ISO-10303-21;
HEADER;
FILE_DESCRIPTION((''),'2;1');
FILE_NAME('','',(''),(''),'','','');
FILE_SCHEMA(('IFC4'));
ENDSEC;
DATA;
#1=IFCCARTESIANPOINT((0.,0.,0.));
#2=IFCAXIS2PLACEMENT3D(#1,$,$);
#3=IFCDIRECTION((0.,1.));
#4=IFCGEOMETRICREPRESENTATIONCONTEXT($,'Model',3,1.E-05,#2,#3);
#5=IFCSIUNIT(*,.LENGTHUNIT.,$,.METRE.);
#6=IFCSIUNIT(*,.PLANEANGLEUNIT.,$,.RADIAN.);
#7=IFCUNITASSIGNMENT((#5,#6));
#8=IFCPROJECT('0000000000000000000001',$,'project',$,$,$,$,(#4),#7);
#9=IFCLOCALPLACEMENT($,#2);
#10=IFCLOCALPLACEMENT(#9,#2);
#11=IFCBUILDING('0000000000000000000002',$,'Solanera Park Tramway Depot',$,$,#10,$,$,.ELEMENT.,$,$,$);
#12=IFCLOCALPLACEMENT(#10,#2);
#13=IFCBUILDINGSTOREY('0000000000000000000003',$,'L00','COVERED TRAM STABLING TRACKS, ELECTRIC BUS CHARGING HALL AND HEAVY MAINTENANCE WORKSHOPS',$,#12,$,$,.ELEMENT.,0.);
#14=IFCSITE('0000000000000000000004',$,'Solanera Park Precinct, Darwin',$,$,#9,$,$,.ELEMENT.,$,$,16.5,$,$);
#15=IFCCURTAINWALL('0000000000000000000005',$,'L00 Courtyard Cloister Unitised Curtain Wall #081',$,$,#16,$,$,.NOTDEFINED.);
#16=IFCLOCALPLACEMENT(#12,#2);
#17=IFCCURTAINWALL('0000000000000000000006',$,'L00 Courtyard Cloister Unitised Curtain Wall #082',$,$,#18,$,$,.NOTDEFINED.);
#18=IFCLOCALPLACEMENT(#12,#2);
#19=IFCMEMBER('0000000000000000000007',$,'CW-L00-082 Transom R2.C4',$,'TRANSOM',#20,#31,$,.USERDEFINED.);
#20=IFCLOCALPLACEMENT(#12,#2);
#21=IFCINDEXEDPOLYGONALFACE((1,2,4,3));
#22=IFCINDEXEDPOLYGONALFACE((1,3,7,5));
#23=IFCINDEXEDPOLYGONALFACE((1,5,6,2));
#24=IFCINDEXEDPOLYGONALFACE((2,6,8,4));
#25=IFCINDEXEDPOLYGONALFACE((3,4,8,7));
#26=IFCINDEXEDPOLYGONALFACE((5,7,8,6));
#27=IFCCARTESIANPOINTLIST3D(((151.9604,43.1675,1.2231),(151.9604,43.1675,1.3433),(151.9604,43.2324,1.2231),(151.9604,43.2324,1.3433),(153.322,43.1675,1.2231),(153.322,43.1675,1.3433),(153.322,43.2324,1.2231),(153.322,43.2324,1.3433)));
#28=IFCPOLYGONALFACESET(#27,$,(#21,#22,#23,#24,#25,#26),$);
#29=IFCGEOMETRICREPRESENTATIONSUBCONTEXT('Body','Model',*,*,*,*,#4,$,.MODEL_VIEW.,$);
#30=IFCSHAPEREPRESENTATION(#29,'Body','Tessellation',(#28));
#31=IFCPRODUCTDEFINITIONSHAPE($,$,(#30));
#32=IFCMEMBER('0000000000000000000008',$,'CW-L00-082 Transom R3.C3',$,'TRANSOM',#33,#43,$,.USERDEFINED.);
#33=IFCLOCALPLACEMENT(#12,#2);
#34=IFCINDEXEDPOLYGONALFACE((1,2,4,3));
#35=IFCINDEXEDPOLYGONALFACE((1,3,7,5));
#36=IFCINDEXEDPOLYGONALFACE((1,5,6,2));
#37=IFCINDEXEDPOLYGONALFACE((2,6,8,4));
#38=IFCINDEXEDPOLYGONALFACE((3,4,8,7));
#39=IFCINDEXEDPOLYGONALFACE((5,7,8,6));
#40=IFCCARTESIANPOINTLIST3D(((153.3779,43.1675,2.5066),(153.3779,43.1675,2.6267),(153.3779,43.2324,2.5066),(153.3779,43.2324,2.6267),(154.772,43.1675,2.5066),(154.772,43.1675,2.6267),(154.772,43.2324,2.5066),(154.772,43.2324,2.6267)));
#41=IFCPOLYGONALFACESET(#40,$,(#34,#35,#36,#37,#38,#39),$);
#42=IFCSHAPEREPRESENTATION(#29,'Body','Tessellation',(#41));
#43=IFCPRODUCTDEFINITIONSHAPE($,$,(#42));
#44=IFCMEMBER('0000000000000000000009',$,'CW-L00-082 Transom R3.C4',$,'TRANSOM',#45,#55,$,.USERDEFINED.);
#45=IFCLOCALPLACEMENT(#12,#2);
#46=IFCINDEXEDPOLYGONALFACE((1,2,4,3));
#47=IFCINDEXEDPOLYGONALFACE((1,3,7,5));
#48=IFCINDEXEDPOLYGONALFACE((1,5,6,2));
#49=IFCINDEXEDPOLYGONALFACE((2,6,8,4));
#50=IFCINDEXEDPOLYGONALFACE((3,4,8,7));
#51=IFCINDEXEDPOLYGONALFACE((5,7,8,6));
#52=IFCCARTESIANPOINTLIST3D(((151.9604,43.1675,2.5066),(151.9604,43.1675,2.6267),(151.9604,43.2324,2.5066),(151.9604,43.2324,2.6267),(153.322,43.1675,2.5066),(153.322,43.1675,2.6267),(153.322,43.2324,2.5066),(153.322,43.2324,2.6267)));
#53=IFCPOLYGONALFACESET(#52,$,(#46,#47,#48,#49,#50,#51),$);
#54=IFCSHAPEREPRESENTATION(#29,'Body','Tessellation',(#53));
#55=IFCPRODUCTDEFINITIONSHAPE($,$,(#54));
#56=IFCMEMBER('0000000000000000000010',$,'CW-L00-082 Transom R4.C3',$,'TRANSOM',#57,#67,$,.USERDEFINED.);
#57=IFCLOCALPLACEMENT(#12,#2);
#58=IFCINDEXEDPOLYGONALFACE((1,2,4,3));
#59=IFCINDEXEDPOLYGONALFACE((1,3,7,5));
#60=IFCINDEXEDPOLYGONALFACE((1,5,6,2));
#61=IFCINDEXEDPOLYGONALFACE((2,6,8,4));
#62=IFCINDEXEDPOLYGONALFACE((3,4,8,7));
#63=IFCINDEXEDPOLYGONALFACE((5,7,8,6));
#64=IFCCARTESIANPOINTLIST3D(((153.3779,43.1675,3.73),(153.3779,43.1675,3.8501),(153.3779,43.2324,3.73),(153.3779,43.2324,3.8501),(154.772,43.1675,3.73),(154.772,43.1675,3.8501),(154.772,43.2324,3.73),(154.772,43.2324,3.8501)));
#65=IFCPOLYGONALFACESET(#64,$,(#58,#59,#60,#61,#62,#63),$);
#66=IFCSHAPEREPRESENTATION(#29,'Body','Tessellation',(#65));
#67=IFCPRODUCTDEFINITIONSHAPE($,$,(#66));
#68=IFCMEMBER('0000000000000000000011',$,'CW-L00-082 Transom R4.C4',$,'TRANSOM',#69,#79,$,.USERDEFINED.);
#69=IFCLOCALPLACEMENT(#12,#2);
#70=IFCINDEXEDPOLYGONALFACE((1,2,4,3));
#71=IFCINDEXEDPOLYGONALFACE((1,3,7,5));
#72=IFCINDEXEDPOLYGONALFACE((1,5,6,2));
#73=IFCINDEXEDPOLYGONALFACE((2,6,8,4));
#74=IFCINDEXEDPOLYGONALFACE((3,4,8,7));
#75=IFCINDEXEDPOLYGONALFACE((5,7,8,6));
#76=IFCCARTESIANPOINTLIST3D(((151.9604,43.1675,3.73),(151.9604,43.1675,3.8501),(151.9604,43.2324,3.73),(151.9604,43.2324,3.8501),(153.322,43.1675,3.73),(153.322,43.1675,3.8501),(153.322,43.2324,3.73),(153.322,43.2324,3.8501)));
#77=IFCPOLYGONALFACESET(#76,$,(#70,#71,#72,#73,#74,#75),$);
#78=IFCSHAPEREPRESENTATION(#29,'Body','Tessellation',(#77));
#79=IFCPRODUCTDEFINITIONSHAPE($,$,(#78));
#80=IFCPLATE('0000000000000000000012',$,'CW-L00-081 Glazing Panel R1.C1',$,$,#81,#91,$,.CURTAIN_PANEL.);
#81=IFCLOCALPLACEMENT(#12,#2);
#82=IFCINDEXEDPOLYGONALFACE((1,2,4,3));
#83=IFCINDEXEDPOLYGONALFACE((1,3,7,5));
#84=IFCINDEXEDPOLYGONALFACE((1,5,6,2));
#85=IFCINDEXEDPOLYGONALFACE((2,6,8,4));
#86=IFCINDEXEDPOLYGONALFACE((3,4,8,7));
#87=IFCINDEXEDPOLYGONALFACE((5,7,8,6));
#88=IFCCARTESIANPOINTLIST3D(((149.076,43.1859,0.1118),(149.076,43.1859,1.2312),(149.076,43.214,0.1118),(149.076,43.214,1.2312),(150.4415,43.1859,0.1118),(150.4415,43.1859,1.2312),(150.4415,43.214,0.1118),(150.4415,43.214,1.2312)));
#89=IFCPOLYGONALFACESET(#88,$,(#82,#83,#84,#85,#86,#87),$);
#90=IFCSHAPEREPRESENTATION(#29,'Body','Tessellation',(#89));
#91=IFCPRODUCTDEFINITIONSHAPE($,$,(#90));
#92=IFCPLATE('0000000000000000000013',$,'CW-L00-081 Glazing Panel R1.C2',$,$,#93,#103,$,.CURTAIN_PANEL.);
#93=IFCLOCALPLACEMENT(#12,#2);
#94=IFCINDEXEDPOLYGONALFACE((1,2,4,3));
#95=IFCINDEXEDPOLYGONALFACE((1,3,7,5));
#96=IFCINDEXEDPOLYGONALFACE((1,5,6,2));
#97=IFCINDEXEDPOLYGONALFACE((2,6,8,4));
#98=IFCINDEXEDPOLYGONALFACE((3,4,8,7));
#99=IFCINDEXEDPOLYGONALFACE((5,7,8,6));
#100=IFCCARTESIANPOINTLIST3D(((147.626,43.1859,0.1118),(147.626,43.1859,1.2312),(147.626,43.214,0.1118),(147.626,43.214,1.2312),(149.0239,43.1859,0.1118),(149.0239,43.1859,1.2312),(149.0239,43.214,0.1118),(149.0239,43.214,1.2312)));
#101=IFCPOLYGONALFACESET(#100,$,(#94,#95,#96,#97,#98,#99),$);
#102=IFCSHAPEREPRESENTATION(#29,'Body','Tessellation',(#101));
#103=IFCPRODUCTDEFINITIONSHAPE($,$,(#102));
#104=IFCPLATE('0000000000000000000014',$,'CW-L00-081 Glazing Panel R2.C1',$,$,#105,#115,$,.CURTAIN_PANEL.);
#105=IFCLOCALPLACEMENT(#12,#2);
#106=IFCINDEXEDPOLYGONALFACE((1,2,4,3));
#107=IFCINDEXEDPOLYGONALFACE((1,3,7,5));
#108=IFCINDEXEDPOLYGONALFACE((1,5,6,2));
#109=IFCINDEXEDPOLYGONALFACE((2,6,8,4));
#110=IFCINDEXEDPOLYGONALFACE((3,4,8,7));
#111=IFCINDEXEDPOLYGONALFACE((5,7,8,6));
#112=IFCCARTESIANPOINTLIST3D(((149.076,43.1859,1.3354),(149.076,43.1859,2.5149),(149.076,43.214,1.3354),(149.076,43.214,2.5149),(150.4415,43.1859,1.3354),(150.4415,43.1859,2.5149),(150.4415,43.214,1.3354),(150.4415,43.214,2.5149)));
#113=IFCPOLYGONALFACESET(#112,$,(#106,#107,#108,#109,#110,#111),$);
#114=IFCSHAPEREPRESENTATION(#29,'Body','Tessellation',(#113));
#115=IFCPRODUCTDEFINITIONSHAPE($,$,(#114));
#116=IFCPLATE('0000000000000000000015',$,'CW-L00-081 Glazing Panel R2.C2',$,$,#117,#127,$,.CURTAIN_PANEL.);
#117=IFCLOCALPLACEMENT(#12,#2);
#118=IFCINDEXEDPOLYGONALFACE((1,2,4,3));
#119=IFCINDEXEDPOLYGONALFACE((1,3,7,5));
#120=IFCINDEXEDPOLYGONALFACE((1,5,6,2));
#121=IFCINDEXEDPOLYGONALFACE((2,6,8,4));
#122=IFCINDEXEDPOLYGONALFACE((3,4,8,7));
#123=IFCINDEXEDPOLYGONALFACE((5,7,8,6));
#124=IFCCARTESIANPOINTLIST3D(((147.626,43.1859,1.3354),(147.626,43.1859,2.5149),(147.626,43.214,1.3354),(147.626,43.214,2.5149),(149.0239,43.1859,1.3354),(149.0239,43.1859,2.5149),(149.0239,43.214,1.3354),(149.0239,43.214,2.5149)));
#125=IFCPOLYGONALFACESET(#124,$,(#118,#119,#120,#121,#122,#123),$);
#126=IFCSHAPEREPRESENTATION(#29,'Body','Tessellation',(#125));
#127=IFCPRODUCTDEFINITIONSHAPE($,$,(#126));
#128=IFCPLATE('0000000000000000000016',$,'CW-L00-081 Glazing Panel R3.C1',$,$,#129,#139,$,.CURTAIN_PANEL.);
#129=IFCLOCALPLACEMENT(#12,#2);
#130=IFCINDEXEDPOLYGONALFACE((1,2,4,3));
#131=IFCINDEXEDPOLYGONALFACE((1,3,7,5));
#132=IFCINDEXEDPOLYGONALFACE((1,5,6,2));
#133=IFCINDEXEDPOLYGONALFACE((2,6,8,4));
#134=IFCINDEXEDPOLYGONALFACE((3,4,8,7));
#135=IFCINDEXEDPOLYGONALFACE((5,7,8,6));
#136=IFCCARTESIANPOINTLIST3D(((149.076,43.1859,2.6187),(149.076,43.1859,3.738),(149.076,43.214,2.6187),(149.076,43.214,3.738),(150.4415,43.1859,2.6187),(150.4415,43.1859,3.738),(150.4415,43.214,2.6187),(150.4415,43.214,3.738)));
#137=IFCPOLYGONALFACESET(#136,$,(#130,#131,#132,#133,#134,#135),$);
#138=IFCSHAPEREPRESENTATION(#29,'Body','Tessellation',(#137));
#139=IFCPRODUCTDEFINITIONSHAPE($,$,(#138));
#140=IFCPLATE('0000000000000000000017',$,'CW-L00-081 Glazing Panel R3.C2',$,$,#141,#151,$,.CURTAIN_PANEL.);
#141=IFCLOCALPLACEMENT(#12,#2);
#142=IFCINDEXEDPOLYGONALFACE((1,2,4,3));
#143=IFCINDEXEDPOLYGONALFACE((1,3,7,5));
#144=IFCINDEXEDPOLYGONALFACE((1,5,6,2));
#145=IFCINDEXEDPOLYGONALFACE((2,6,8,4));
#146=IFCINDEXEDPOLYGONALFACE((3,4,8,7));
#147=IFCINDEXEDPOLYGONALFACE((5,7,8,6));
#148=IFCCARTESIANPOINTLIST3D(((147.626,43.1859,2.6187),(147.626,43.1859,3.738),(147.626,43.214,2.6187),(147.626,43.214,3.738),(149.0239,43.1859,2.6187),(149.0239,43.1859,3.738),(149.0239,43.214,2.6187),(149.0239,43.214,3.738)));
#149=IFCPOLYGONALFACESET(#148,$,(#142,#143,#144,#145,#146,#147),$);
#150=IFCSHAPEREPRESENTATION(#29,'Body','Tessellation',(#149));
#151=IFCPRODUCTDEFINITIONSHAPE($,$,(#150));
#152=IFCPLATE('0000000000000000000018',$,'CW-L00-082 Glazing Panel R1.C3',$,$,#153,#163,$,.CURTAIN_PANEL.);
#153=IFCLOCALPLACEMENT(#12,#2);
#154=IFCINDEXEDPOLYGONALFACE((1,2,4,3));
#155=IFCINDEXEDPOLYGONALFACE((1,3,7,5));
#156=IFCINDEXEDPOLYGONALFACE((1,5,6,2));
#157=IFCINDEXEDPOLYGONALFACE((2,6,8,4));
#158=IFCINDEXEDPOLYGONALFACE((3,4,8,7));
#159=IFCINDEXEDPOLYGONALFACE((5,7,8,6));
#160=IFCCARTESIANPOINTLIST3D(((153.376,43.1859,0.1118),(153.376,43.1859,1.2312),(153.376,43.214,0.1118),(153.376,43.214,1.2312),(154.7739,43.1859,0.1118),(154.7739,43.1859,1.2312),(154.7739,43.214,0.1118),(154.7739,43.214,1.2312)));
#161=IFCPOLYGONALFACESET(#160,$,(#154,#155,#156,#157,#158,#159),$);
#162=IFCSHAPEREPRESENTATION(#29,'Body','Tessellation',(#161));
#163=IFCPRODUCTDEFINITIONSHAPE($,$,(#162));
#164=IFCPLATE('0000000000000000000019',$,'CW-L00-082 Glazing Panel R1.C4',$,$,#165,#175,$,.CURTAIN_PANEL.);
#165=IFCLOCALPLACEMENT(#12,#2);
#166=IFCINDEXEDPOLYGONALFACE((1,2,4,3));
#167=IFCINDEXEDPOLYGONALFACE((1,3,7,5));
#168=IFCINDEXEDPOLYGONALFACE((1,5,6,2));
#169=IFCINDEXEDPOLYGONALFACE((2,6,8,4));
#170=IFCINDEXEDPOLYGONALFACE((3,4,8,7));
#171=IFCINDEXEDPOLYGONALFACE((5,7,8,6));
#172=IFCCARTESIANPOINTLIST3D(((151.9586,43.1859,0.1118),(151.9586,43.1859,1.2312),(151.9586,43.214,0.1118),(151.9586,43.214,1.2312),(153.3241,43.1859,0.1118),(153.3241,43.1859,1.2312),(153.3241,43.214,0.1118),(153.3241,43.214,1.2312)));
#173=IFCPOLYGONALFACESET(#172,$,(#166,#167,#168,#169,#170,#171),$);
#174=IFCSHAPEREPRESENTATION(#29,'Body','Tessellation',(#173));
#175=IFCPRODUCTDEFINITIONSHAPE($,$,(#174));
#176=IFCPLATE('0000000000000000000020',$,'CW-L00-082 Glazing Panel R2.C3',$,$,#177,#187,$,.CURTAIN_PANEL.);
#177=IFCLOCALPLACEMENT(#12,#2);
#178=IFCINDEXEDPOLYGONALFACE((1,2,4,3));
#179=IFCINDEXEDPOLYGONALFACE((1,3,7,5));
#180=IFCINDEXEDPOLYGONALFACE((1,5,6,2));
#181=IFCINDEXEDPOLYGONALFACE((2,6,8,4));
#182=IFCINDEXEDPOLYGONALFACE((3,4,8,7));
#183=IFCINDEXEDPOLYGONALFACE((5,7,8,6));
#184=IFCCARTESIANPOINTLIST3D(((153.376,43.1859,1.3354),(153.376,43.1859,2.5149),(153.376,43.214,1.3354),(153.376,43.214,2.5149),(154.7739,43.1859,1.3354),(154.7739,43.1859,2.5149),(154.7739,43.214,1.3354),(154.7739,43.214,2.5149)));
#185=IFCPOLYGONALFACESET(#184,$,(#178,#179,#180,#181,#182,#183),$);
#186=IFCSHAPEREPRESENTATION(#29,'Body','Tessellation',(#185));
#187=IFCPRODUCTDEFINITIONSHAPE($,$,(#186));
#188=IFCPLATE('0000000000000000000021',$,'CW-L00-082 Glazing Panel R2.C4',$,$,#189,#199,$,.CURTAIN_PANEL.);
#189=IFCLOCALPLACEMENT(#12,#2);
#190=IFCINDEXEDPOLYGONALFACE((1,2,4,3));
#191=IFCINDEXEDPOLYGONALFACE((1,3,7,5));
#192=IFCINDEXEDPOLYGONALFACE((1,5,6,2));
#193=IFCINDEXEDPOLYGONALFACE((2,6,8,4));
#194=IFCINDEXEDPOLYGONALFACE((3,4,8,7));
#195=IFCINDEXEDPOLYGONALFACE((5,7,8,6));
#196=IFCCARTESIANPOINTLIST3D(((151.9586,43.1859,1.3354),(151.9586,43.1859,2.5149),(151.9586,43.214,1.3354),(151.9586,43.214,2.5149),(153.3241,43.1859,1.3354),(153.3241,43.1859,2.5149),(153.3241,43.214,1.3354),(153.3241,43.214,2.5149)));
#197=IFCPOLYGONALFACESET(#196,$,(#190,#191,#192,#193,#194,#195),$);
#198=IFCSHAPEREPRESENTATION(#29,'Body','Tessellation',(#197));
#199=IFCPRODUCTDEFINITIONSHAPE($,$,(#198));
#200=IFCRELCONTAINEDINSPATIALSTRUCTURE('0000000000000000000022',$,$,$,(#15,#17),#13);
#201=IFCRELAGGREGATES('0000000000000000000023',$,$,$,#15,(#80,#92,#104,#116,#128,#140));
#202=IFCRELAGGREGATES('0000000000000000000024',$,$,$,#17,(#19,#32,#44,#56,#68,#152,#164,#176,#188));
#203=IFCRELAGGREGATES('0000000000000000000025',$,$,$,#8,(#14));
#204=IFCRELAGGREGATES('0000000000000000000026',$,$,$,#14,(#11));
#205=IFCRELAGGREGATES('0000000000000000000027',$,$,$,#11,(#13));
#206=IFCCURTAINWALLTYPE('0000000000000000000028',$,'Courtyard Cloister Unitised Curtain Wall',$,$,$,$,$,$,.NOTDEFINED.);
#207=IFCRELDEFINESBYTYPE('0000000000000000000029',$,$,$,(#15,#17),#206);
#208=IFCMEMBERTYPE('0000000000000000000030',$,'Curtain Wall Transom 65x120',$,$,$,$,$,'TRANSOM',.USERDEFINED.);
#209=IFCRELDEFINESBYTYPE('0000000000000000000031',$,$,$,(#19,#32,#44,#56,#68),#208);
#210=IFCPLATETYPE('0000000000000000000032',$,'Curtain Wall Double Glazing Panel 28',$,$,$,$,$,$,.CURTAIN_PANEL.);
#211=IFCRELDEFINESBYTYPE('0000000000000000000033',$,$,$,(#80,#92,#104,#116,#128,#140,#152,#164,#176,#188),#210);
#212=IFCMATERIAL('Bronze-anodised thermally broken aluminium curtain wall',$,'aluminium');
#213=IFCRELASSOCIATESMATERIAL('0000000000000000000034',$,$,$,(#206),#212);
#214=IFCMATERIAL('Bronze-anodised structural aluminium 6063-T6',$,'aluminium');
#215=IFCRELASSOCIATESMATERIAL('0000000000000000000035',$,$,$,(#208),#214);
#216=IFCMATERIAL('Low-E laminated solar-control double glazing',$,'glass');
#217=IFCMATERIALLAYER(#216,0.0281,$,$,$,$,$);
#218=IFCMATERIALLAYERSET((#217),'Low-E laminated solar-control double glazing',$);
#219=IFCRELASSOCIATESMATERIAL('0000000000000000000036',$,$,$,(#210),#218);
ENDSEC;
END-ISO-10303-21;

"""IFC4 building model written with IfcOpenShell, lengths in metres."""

from ifc_helpers import new_model, si_unit, direction, frame, origin, origin_2d, place, context, subcontext, project, spatial, rectangle, extrude, material, layer, layer_set, material_profile, profile_set, type_object, element, aggregate, save


model = new_model("IFC4")

# Units and contexts
model_context = context("Model", 3, precision=1e-05, world=origin(), true_north=direction((0.0, 1.0)))
body_context = subcontext(model_context, "Body", "Model", "MODEL_VIEW")
ifc_project = project(units=[si_unit("LENGTHUNIT", "METRE"), si_unit("PLANEANGLEUNIT", "RADIAN")], contexts=[model_context])

# Site, building, storey
site_placement = place(None, origin())
site = spatial("IfcSite", under=ifc_project, at=site_placement, Name="Solanera Park Precinct, Darwin", CompositionType="ELEMENT", RefElevation=16.5)
building_placement = place(site_placement, origin())
building = spatial("IfcBuilding", under=site, at=building_placement, Name="Solanera Park Tramway Depot", CompositionType="ELEMENT")
storey_placement = place(building_placement, origin())
storey = spatial("IfcBuildingStorey", under=building, at=storey_placement, Name="L00", Description="COVERED TRAM STABLING TRACKS, ELECTRIC BUS CHARGING HALL AND HEAVY MAINTENANCE WORKSHOPS", CompositionType="ELEMENT", Elevation=0.0)

# Curtain walls
ifc_material_1 = material(Name="Bronze-anodised thermally broken aluminium curtain wall", Category="aluminium")
curtain_wall_type = type_object("IfcCurtainWallType", Name="Courtyard Cloister Unitised Curtain Wall", PredefinedType="NOTDEFINED", material=ifc_material_1)
curtain_wall_1_placement = place(storey_placement, origin())
curtain_wall_1 = element("IfcCurtainWall", 1, at=curtain_wall_1_placement, inside=storey, type_object=curtain_wall_type, Name="L00 Courtyard Cloister Unitised Curtain Wall #081", PredefinedType="NOTDEFINED")
curtain_wall_2_placement = place(storey_placement, origin())
curtain_wall_2 = element("IfcCurtainWall", 2, at=curtain_wall_2_placement, inside=storey, type_object=curtain_wall_type, Name="L00 Courtyard Cloister Unitised Curtain Wall #082", PredefinedType="NOTDEFINED")

# Members
ifc_material_2 = material(Name="Bronze-anodised structural aluminium 6063-T6", Category="aluminium")
ifc_material_profile_1 = material_profile(ifc_material_2, rectangle(XDim=0.0649, YDim=0.1201, at=origin_2d()), Name="Curtain Wall Transom 65x120")
ifc_profile_set_1 = profile_set([ifc_material_profile_1], Name="Bronze-anodised structural aluminium 6063-T6")
member_type_1 = type_object("IfcMemberType", Name="Curtain Wall Transom 65x120", ElementType="TRANSOM", PredefinedType="USERDEFINED", material=ifc_profile_set_1)
member_1_placement = place(storey_placement, frame((153.322, 43.2, 1.2832), z_axis=(-1.0, 0.0, 0.0), x_axis=(0.0, -1.0, 0.0)))
member_1 = element("IfcMember", 3, at=member_1_placement, type_object=member_type_1, Name="CW-L00-082 Transom R2.C4", ObjectType="TRANSOM", PredefinedType="USERDEFINED", context=body_context, shape_type="SweptSolid", body=[
    extrude(rectangle(XDim=0.0649, YDim=0.1201, at=origin_2d()), origin(), (0.0, 0.0, 1.0), 1.3616),
])
member_2_placement = place(storey_placement, frame((154.772, 43.2, 2.5667), z_axis=(-1.0, 0.0, 0.0), x_axis=(0.0, -1.0, 0.0)))
member_2 = element("IfcMember", 4, at=member_2_placement, type_object=member_type_1, Name="CW-L00-082 Transom R3.C3", ObjectType="TRANSOM", PredefinedType="USERDEFINED", context=body_context, shape_type="SweptSolid", body=[
    extrude(rectangle(XDim=0.0649, YDim=0.1201, at=origin_2d()), origin(), (0.0, 0.0, 1.0), 1.394),
])
member_3_placement = place(storey_placement, frame((153.322, 43.2, 2.5667), z_axis=(-1.0, 0.0, 0.0), x_axis=(0.0, -1.0, 0.0)))
member_3 = element("IfcMember", 5, at=member_3_placement, type_object=member_type_1, Name="CW-L00-082 Transom R3.C4", ObjectType="TRANSOM", PredefinedType="USERDEFINED", context=body_context, shape_type="SweptSolid", body=[
    extrude(rectangle(XDim=0.0649, YDim=0.1201, at=origin_2d()), origin(), (0.0, 0.0, 1.0), 1.3616),
])
member_4_placement = place(storey_placement, frame((154.772, 43.2, 3.79), z_axis=(-1.0, 0.0, 0.0), x_axis=(0.0, -1.0, 0.0)))
member_4 = element("IfcMember", 6, at=member_4_placement, type_object=member_type_1, Name="CW-L00-082 Transom R4.C3", ObjectType="TRANSOM", PredefinedType="USERDEFINED", context=body_context, shape_type="SweptSolid", body=[
    extrude(rectangle(XDim=0.0649, YDim=0.1201, at=origin_2d()), origin(), (0.0, 0.0, 1.0), 1.394),
])
member_5_placement = place(storey_placement, frame((153.322, 43.2, 3.79), z_axis=(-1.0, 0.0, 0.0), x_axis=(0.0, -1.0, 0.0)))
member_5 = element("IfcMember", 7, at=member_5_placement, type_object=member_type_1, Name="CW-L00-082 Transom R4.C4", ObjectType="TRANSOM", PredefinedType="USERDEFINED", context=body_context, shape_type="SweptSolid", body=[
    extrude(rectangle(XDim=0.0649, YDim=0.1201, at=origin_2d()), origin(), (0.0, 0.0, 1.0), 1.3616),
])

# Plates
ifc_material_3 = material(Name="Low-E laminated solar-control double glazing", Category="glass")
ifc_layer = layer(ifc_material_3, 0.0281)
ifc_layer_set = layer_set([ifc_layer], Name="Low-E laminated solar-control double glazing")
plate_type = type_object("IfcPlateType", Name="Curtain Wall Double Glazing Panel 28", PredefinedType="CURTAIN_PANEL", material=ifc_layer_set)
plate_1_placement = place(storey_placement, frame((149.7588, 43.2, 0.1118), z_axis=(0.0, 0.0, 1.0), x_axis=(-1.0, 0.0, 0.0)))
plate_1 = element("IfcPlate", 8, at=plate_1_placement, type_object=plate_type, Name="CW-L00-081 Glazing Panel R1.C1", PredefinedType="CURTAIN_PANEL", context=body_context, shape_type="SweptSolid", body=[
    extrude(rectangle(XDim=1.3655, YDim=0.0281, at=origin_2d()), origin(), (0.0, 0.0, 1.0), 1.1194),
])
plate_2_placement = place(storey_placement, frame((148.325, 43.2, 0.1118), z_axis=(0.0, 0.0, 1.0), x_axis=(-1.0, 0.0, 0.0)))
plate_2 = element("IfcPlate", 9, at=plate_2_placement, type_object=plate_type, Name="CW-L00-081 Glazing Panel R1.C2", PredefinedType="CURTAIN_PANEL", context=body_context, shape_type="SweptSolid", body=[
    extrude(rectangle(XDim=1.3979, YDim=0.0281, at=origin_2d()), origin(), (0.0, 0.0, 1.0), 1.1194),
])
plate_3_placement = place(storey_placement, frame((149.7588, 43.2, 1.3354), z_axis=(0.0, 0.0, 1.0), x_axis=(-1.0, 0.0, 0.0)))
plate_3 = element("IfcPlate", 10, at=plate_3_placement, type_object=plate_type, Name="CW-L00-081 Glazing Panel R2.C1", PredefinedType="CURTAIN_PANEL", context=body_context, shape_type="SweptSolid", body=[
    extrude(rectangle(XDim=1.3655, YDim=0.0281, at=origin_2d()), origin(), (0.0, 0.0, 1.0), 1.1794),
])
plate_4_placement = place(storey_placement, frame((148.325, 43.2, 1.3354), z_axis=(0.0, 0.0, 1.0), x_axis=(-1.0, 0.0, 0.0)))
plate_4 = element("IfcPlate", 11, at=plate_4_placement, type_object=plate_type, Name="CW-L00-081 Glazing Panel R2.C2", PredefinedType="CURTAIN_PANEL", context=body_context, shape_type="SweptSolid", body=[
    extrude(rectangle(XDim=1.3979, YDim=0.0281, at=origin_2d()), origin(), (0.0, 0.0, 1.0), 1.1794),
])
plate_5_placement = place(storey_placement, frame((149.7588, 43.2, 2.6187), z_axis=(0.0, 0.0, 1.0), x_axis=(-1.0, 0.0, 0.0)))
plate_5 = element("IfcPlate", 12, at=plate_5_placement, type_object=plate_type, Name="CW-L00-081 Glazing Panel R3.C1", PredefinedType="CURTAIN_PANEL", context=body_context, shape_type="SweptSolid", body=[
    extrude(rectangle(XDim=1.3655, YDim=0.0281, at=origin_2d()), origin(), (0.0, 0.0, 1.0), 1.1194),
])
plate_6_placement = place(storey_placement, frame((148.325, 43.2, 2.6187), z_axis=(0.0, 0.0, 1.0), x_axis=(-1.0, 0.0, 0.0)))
plate_6 = element("IfcPlate", 13, at=plate_6_placement, type_object=plate_type, Name="CW-L00-081 Glazing Panel R3.C2", PredefinedType="CURTAIN_PANEL", context=body_context, shape_type="SweptSolid", body=[
    extrude(rectangle(XDim=1.3979, YDim=0.0281, at=origin_2d()), origin(), (0.0, 0.0, 1.0), 1.1194),
])
aggregate(curtain_wall_1, [plate_1, plate_2, plate_3, plate_4, plate_5, plate_6])
plate_7_placement = place(storey_placement, frame((154.075, 43.2, 0.1118), z_axis=(0.0, 0.0, 1.0), x_axis=(-1.0, 0.0, 0.0)))
plate_7 = element("IfcPlate", 14, at=plate_7_placement, type_object=plate_type, Name="CW-L00-082 Glazing Panel R1.C3", PredefinedType="CURTAIN_PANEL", context=body_context, shape_type="SweptSolid", body=[
    extrude(rectangle(XDim=1.3979, YDim=0.0281, at=origin_2d()), origin(), (0.0, 0.0, 1.0), 1.1194),
])
plate_8_placement = place(storey_placement, frame((152.6414, 43.2, 0.1118), z_axis=(0.0, 0.0, 1.0), x_axis=(-1.0, 0.0, 0.0)))
plate_8 = element("IfcPlate", 15, at=plate_8_placement, type_object=plate_type, Name="CW-L00-082 Glazing Panel R1.C4", PredefinedType="CURTAIN_PANEL", context=body_context, shape_type="SweptSolid", body=[
    extrude(rectangle(XDim=1.3655, YDim=0.0281, at=origin_2d()), origin(), (0.0, 0.0, 1.0), 1.1194),
])
plate_9_placement = place(storey_placement, frame((154.075, 43.2, 1.3354), z_axis=(0.0, 0.0, 1.0), x_axis=(-1.0, 0.0, 0.0)))
plate_9 = element("IfcPlate", 16, at=plate_9_placement, type_object=plate_type, Name="CW-L00-082 Glazing Panel R2.C3", PredefinedType="CURTAIN_PANEL", context=body_context, shape_type="SweptSolid", body=[
    extrude(rectangle(XDim=1.3979, YDim=0.0281, at=origin_2d()), origin(), (0.0, 0.0, 1.0), 1.1794),
])
plate_10_placement = place(storey_placement, frame((152.6414, 43.2, 1.3354), z_axis=(0.0, 0.0, 1.0), x_axis=(-1.0, 0.0, 0.0)))
plate_10 = element("IfcPlate", 17, at=plate_10_placement, type_object=plate_type, Name="CW-L00-082 Glazing Panel R2.C4", PredefinedType="CURTAIN_PANEL", context=body_context, shape_type="SweptSolid", body=[
    extrude(rectangle(XDim=1.3655, YDim=0.0281, at=origin_2d()), origin(), (0.0, 0.0, 1.0), 1.1794),
])
aggregate(curtain_wall_2, [member_1, member_2, member_3, member_4, member_5, plate_7, plate_8, plate_9, plate_10])

save(model, "model.ifc")
